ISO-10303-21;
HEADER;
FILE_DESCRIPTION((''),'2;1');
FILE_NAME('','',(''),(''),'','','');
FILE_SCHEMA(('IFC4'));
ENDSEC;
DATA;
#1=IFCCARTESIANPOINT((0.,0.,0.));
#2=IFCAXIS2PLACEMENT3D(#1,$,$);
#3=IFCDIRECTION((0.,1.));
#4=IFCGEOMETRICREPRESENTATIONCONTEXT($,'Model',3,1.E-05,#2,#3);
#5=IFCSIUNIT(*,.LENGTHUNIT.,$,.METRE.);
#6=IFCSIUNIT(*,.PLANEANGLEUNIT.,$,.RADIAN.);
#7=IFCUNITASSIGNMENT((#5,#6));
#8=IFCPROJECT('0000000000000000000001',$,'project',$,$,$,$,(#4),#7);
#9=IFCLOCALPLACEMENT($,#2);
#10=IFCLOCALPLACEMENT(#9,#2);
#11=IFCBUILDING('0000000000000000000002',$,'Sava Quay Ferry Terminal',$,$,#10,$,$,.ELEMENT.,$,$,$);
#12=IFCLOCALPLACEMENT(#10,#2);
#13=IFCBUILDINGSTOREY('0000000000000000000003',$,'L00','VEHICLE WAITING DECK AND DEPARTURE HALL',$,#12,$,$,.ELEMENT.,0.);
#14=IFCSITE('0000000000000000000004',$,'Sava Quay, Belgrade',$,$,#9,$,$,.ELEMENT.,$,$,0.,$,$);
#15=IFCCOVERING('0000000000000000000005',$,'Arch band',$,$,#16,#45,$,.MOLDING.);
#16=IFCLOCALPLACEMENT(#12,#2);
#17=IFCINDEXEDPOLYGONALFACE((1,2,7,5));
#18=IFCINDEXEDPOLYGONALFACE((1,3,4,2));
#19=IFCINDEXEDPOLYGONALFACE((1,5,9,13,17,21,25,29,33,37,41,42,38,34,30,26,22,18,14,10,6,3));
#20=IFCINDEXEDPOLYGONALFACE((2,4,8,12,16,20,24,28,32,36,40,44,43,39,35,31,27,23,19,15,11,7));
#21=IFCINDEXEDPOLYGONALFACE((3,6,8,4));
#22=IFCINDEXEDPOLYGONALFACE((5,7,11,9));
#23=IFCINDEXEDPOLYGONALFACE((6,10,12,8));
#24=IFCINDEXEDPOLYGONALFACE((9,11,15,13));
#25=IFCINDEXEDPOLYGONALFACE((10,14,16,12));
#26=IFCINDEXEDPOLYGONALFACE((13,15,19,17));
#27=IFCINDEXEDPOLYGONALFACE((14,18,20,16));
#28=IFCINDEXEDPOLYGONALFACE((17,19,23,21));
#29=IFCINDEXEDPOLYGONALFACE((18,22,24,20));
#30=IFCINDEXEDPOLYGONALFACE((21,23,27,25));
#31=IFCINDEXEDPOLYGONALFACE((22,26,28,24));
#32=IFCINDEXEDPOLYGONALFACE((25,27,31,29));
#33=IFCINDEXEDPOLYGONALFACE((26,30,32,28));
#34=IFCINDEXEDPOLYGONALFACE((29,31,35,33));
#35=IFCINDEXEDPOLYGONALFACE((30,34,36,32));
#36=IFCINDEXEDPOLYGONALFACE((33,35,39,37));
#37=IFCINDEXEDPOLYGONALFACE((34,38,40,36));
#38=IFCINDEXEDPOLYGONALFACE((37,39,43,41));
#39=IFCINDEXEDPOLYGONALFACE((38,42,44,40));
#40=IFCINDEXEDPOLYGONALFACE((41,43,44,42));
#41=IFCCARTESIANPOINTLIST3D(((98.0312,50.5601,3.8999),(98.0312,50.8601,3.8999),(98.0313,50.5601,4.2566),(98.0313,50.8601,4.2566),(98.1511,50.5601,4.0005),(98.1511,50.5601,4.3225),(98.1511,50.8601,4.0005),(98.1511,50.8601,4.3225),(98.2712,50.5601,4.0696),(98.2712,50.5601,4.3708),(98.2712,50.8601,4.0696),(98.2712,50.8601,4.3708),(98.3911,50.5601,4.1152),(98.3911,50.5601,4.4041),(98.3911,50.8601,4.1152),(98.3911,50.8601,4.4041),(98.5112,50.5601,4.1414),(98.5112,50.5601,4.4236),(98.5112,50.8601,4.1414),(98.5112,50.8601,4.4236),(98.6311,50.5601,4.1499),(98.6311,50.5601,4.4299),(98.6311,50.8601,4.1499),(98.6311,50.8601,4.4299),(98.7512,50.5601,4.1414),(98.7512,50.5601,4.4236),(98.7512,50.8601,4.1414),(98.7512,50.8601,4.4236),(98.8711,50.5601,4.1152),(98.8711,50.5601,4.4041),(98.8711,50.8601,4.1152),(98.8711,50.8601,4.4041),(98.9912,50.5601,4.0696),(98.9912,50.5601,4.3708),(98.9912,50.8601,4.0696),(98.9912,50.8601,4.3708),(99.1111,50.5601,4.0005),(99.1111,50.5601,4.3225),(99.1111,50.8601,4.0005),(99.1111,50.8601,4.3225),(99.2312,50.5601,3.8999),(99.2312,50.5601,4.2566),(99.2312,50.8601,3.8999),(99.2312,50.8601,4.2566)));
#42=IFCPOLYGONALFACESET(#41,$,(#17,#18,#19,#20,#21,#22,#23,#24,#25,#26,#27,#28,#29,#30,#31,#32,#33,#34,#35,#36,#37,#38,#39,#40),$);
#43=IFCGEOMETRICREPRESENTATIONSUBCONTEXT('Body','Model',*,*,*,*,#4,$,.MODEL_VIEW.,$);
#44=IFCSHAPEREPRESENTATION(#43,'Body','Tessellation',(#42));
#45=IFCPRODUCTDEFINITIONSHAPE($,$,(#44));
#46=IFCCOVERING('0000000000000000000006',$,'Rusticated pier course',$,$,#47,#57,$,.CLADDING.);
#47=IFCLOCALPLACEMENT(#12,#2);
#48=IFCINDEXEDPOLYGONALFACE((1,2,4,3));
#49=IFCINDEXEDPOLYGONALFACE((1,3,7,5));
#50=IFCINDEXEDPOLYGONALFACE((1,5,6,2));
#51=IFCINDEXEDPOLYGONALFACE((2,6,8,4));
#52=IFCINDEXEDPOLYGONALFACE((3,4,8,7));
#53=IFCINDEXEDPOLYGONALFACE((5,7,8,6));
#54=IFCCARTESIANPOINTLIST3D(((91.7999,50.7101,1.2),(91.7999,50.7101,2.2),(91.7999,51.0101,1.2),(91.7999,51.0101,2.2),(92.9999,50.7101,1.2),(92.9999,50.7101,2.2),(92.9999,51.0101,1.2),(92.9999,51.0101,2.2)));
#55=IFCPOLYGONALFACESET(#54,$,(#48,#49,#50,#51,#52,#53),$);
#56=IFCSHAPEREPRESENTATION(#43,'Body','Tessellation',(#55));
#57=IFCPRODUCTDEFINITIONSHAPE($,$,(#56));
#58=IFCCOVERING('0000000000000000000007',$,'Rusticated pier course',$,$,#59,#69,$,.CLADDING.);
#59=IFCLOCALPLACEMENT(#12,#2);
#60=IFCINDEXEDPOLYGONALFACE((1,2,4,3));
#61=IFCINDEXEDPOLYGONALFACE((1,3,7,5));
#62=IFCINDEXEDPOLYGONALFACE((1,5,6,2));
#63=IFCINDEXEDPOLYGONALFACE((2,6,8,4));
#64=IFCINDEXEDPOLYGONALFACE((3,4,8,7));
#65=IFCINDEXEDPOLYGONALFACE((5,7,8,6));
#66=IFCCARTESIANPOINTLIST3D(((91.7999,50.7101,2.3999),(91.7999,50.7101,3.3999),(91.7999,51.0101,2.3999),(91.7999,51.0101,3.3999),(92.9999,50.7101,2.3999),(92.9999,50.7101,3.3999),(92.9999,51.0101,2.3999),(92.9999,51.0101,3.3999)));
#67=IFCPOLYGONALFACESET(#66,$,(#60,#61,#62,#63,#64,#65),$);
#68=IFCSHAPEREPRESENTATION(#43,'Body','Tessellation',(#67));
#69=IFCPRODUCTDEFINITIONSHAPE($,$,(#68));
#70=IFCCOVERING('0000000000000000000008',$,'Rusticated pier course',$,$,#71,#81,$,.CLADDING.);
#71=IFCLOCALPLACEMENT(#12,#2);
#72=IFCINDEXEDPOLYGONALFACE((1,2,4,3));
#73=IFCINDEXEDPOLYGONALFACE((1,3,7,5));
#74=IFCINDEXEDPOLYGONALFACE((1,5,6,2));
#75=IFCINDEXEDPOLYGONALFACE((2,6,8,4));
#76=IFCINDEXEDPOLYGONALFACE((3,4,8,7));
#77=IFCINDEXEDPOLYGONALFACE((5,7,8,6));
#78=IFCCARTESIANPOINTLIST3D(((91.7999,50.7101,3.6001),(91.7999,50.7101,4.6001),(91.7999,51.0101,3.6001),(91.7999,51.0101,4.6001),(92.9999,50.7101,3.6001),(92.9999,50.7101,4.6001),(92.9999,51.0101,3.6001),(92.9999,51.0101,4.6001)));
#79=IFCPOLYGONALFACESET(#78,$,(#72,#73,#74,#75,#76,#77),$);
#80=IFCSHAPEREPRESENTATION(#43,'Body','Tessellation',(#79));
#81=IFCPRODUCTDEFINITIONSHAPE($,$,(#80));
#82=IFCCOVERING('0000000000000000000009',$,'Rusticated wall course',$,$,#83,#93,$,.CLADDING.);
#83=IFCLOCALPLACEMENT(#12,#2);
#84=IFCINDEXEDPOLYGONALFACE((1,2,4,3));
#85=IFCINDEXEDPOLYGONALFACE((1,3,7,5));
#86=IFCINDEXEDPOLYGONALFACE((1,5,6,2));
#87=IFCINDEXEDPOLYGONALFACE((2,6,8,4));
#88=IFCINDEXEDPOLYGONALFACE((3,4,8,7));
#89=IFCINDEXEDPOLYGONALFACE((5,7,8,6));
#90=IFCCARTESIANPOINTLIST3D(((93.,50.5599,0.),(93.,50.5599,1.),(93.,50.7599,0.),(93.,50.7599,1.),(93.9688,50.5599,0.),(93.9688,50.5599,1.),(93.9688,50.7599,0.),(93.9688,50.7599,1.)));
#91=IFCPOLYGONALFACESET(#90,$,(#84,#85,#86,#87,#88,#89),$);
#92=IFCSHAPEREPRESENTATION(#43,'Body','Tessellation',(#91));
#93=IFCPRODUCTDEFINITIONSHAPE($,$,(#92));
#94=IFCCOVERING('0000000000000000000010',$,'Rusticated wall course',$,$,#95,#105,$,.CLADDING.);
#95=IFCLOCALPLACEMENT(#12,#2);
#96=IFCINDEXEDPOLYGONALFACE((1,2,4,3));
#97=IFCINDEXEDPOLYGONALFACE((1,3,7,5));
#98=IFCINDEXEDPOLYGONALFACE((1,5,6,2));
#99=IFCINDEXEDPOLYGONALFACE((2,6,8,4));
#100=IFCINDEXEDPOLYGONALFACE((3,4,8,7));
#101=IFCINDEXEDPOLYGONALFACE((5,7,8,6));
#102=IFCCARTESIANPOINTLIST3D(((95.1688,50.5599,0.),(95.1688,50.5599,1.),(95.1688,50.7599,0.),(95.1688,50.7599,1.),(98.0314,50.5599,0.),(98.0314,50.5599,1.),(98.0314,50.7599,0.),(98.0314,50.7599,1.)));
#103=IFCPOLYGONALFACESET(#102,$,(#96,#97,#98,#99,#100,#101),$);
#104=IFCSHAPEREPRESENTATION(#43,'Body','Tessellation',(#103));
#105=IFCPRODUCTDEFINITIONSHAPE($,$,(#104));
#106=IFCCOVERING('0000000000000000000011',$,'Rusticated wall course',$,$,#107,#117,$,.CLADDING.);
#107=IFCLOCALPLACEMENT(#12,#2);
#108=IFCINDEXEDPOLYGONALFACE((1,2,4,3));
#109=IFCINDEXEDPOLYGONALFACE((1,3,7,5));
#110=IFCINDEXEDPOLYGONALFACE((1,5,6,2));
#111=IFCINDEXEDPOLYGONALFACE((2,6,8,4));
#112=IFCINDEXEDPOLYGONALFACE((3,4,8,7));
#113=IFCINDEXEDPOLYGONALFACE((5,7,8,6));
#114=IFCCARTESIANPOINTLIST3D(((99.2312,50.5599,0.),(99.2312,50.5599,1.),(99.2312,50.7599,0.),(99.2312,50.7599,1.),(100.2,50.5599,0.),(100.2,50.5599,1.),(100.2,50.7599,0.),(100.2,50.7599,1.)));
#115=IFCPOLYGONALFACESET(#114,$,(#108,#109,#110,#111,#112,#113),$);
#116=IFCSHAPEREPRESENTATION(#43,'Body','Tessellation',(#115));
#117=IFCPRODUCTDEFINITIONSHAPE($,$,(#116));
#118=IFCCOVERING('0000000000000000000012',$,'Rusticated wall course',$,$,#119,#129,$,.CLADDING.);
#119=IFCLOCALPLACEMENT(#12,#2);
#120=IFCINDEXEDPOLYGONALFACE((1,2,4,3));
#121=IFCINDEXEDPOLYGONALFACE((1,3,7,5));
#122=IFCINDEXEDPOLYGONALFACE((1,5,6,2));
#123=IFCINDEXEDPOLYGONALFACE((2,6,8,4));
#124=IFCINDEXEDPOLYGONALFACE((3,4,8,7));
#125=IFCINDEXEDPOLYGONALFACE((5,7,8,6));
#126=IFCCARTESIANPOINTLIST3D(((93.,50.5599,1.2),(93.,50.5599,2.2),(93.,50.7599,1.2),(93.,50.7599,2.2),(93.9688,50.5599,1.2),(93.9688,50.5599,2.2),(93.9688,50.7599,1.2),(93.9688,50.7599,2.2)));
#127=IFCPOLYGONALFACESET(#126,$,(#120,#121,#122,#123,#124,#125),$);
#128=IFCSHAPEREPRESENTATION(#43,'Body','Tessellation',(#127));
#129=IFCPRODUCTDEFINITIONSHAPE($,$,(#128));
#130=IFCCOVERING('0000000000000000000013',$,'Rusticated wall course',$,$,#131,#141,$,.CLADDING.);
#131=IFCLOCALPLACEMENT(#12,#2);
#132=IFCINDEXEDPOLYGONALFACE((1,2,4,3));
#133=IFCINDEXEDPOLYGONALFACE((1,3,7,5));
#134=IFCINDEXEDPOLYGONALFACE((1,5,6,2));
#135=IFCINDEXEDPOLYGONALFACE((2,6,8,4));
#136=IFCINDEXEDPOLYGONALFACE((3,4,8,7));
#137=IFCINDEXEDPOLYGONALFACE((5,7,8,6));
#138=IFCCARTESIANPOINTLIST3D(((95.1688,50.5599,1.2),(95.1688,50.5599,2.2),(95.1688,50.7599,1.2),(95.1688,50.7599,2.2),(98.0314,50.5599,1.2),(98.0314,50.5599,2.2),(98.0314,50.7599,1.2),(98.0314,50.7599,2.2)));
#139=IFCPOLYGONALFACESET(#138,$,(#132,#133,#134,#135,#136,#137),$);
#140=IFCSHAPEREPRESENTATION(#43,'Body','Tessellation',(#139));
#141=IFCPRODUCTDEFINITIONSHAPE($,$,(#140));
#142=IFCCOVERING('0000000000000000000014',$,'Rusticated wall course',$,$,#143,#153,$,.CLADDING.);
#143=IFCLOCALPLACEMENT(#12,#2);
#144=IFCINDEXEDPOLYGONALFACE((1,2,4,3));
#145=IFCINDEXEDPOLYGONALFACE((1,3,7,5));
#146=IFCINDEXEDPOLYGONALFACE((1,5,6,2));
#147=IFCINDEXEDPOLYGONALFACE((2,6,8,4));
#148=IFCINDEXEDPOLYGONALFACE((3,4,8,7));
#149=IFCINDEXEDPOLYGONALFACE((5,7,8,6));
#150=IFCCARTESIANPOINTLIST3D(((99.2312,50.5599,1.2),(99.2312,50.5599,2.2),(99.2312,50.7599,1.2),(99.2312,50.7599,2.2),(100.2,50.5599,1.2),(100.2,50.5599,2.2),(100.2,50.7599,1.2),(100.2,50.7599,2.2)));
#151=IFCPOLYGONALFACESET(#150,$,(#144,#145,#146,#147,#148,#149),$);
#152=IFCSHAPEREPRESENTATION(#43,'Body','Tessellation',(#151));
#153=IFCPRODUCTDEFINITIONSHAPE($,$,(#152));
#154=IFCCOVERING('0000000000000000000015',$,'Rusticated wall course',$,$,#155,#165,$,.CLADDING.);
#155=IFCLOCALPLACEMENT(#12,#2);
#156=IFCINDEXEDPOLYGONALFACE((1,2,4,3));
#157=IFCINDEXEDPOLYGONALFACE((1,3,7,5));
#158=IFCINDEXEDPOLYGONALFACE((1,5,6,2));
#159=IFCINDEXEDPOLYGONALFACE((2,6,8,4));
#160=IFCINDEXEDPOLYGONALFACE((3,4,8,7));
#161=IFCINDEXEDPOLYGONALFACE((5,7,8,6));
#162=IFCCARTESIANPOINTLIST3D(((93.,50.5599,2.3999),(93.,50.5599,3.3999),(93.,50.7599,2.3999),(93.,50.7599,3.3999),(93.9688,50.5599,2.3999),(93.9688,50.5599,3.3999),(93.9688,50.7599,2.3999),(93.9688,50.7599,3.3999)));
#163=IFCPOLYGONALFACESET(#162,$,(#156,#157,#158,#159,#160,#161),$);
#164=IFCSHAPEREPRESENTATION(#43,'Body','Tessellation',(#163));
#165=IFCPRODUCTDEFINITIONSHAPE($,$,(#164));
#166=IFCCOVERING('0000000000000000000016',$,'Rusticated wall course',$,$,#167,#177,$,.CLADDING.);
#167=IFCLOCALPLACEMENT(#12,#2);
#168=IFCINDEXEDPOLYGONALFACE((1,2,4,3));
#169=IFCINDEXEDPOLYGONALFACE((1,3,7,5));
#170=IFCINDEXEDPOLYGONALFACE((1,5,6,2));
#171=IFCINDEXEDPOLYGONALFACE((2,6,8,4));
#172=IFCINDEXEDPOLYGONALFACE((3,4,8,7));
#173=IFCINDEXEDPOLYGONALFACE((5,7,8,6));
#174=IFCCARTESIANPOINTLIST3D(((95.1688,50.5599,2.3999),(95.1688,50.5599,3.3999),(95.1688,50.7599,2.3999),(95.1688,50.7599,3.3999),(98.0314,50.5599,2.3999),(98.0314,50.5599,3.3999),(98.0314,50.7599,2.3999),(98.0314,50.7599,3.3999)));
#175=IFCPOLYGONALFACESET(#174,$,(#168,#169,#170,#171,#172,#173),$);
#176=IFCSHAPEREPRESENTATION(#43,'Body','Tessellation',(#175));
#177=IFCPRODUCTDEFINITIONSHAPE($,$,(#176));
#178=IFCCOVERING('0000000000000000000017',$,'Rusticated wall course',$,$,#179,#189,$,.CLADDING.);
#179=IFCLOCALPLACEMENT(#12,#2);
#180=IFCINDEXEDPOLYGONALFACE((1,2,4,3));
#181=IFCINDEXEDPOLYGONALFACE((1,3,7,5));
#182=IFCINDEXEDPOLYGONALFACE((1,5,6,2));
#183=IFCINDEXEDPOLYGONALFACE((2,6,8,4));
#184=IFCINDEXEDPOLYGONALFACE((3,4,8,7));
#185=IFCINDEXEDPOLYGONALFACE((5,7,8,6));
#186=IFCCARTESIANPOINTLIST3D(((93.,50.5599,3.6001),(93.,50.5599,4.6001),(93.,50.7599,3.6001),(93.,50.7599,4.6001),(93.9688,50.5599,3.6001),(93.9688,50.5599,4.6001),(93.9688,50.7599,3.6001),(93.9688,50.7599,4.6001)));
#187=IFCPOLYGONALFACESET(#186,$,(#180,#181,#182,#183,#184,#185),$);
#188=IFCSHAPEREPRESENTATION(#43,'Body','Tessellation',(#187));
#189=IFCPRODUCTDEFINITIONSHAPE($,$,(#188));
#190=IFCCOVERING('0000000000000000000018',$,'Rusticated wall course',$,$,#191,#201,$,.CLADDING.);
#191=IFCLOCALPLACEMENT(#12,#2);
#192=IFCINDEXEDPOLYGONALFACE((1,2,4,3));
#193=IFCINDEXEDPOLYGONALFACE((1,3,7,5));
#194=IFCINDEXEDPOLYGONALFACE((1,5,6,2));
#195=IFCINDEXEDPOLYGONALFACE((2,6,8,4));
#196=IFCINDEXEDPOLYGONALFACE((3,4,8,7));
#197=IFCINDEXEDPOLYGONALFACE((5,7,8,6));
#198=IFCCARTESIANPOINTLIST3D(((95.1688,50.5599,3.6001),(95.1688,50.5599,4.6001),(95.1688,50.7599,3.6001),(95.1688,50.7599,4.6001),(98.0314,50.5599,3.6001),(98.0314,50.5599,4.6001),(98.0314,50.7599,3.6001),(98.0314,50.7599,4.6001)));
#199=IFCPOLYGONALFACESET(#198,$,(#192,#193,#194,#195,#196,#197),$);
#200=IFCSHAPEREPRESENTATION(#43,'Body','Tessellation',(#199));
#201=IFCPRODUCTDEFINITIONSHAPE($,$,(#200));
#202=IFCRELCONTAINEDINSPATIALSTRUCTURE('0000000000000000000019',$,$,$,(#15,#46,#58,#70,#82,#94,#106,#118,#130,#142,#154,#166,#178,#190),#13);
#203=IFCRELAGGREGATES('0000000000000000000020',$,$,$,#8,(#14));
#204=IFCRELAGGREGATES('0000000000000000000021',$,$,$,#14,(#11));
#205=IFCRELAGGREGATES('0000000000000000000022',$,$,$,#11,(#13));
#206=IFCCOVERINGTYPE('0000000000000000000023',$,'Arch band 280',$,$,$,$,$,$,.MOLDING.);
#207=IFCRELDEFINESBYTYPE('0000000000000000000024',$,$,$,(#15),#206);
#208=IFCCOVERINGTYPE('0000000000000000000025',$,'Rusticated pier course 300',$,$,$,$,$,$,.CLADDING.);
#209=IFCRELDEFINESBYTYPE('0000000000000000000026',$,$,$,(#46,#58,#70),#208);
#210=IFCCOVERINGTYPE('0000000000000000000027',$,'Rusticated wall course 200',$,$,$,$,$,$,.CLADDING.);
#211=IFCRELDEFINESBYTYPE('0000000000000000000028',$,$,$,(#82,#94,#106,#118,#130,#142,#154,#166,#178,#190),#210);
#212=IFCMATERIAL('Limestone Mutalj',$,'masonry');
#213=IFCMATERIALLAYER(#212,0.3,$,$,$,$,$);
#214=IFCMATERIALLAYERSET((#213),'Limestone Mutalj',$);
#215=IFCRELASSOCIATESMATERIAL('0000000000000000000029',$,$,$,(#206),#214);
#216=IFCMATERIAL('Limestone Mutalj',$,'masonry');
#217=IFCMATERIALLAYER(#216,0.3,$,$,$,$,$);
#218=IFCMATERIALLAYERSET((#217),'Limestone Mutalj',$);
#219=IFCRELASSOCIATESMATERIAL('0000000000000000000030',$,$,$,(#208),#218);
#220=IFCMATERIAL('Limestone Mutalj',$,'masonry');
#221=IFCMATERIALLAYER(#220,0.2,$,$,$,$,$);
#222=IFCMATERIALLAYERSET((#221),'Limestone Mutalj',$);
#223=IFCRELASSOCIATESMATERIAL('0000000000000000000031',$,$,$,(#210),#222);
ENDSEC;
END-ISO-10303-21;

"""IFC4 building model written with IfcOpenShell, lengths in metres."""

from ifc_helpers import new_model, si_unit, direction, frame, origin, origin_2d, place, context, subcontext, project, spatial, polyline, rectangle, outline, extrude, material, layer, layer_set, type_object, element, save


model = new_model("IFC4")

# Units and contexts
model_context = context("Model", 3, precision=1e-05, world=origin(), true_north=direction((0.0, 1.0)))
body_context = subcontext(model_context, "Body", "Model", "MODEL_VIEW")
ifc_project = project(units=[si_unit("LENGTHUNIT", "METRE"), si_unit("PLANEANGLEUNIT", "RADIAN")], contexts=[model_context])

# Site, building, storey
site_placement = place(None, origin())
site = spatial("IfcSite", under=ifc_project, at=site_placement, Name="Sava Quay, Belgrade", CompositionType="ELEMENT", RefElevation=0.0)
building_placement = place(site_placement, origin())
building = spatial("IfcBuilding", under=site, at=building_placement, Name="Sava Quay Ferry Terminal", CompositionType="ELEMENT")
storey_placement = place(building_placement, origin())
storey = spatial("IfcBuildingStorey", under=building, at=storey_placement, Name="L00", Description="VEHICLE WAITING DECK AND DEPARTURE HALL", CompositionType="ELEMENT", Elevation=0.0)

# Coverings
ifc_material_1 = material(Name="Limestone Mutalj", Category="masonry")
ifc_layer_1 = layer(ifc_material_1, 0.3)
ifc_layer_set_1 = layer_set([ifc_layer_1], Name="Limestone Mutalj")
covering_type_1 = type_object("IfcCoveringType", Name="Arch band 280", PredefinedType="MOLDING", material=ifc_layer_set_1)
for number, where, z_axis, x_axis, name in (
    (1, (98.0312, 50.5601, 3.8999), (0.0, -1.0, 0.0), (0.766043, 0.0, 0.64279), "Arch band"),
):
    element("IfcCovering", number, at=place(storey_placement, frame(where, z_axis=z_axis, x_axis=x_axis)), inside=storey, type_object=covering_type_1, Name=name, PredefinedType="MOLDING", context=body_context, shape_type="SweptSolid", body=[
        extrude(outline(polyline([(0.0, 0.0), (0.1565, 0.0), (0.2929, -0.0243), (0.4141, -0.0664), (0.5229, -0.1236), (0.6202, -0.1941), (0.7067, -0.2778), (0.7818, -0.3749), (0.8444, -0.4871), (0.8919, -0.6171), (0.9192, -0.7713), (1.1485, -0.4981), (1.0988, -0.3704), (1.0381, -0.2563), (0.9674, -0.1536), (0.8881, -0.0616), (0.8002, 0.0204), (0.7043, 0.0926), (0.5997, 0.1549), (0.4866, 0.2065), (0.3635, 0.2467), (0.2293, 0.2732), (0.0, 0.0)])), origin(), (0.0, 0.0, -1.0), 0.3),
    ])
ifc_material_2 = material(Name="Limestone Mutalj", Category="masonry")
ifc_layer_2 = layer(ifc_material_2, 0.3)
ifc_layer_set_2 = layer_set([ifc_layer_2], Name="Limestone Mutalj")
covering_type_2 = type_object("IfcCoveringType", Name="Rusticated pier course 300", PredefinedType="CLADDING", material=ifc_layer_set_2)
for number, where, z_axis, x_axis, name in (
    (2, (92.3999, 50.8601, 1.2), (0.0, 0.0, 1.0), (1.0, 0.0, 0.0), "Rusticated pier course"),
    (3, (92.3999, 50.8601, 2.3999), (0.0, 0.0, 1.0), (1.0, 0.0, 0.0), "Rusticated pier course"),
    (4, (92.3999, 50.8601, 3.6001), (0.0, 0.0, 1.0), (1.0, 0.0, 0.0), "Rusticated pier course"),
):
    element("IfcCovering", number, at=place(storey_placement, frame(where, z_axis=z_axis, x_axis=x_axis)), inside=storey, type_object=covering_type_2, Name=name, PredefinedType="CLADDING", context=body_context, shape_type="SweptSolid", body=[
        extrude(rectangle(XDim=1.2, YDim=0.3, at=origin_2d()), origin(), (0.0, 0.0, 1.0), 1.0),
    ])
ifc_material_3 = material(Name="Limestone Mutalj", Category="masonry")
ifc_layer_3 = layer(ifc_material_3, 0.2)
ifc_layer_set_3 = layer_set([ifc_layer_3], Name="Limestone Mutalj")
covering_type_3 = type_object("IfcCoveringType", Name="Rusticated wall course 200", PredefinedType="CLADDING", material=ifc_layer_set_3)
covering_1_placement = place(storey_placement, frame((93.4844, 50.6599, 0.0), z_axis=(0.0, 0.0, 1.0), x_axis=(1.0, 0.0, 0.0)))
element("IfcCovering", 5, at=covering_1_placement, inside=storey, type_object=covering_type_3, Name="Rusticated wall course", PredefinedType="CLADDING", context=body_context, shape_type="SweptSolid", body=[
    extrude(rectangle(XDim=0.9688, YDim=0.2, at=origin_2d()), origin(), (0.0, 0.0, 1.0), 1.0),
])
covering_2_placement = place(storey_placement, frame((96.6001, 50.6599, 0.0), z_axis=(0.0, 0.0, 1.0), x_axis=(1.0, 0.0, 0.0)))
element("IfcCovering", 6, at=covering_2_placement, inside=storey, type_object=covering_type_3, Name="Rusticated wall course", PredefinedType="CLADDING", context=body_context, shape_type="SweptSolid", body=[
    extrude(rectangle(XDim=2.8625, YDim=0.2, at=origin_2d()), origin(), (0.0, 0.0, 1.0), 1.0),
])
for number, where, z_axis, x_axis, name in (
    (7, (99.7156, 50.6599, 0.0), (0.0, 0.0, 1.0), (1.0, 0.0, 0.0), "Rusticated wall course"),
    (8, (93.4844, 50.6599, 1.2), (0.0, 0.0, 1.0), (1.0, 0.0, 0.0), "Rusticated wall course"),
):
    element("IfcCovering", number, at=place(storey_placement, frame(where, z_axis=z_axis, x_axis=x_axis)), inside=storey, type_object=covering_type_3, Name=name, PredefinedType="CLADDING", context=body_context, shape_type="SweptSolid", body=[
        extrude(rectangle(XDim=0.9688, YDim=0.2, at=origin_2d()), origin(), (0.0, 0.0, 1.0), 1.0),
    ])
covering_3_placement = place(storey_placement, frame((96.6001, 50.6599, 1.2), z_axis=(0.0, 0.0, 1.0), x_axis=(1.0, 0.0, 0.0)))
element("IfcCovering", 9, at=covering_3_placement, inside=storey, type_object=covering_type_3, Name="Rusticated wall course", PredefinedType="CLADDING", context=body_context, shape_type="SweptSolid", body=[
    extrude(rectangle(XDim=2.8625, YDim=0.2, at=origin_2d()), origin(), (0.0, 0.0, 1.0), 1.0),
])
for number, where, z_axis, x_axis, name in (
    (10, (99.7156, 50.6599, 1.2), (0.0, 0.0, 1.0), (1.0, 0.0, 0.0), "Rusticated wall course"),
    (11, (93.4844, 50.6599, 2.3999), (0.0, 0.0, 1.0), (1.0, 0.0, 0.0), "Rusticated wall course"),
):
    element("IfcCovering", number, at=place(storey_placement, frame(where, z_axis=z_axis, x_axis=x_axis)), inside=storey, type_object=covering_type_3, Name=name, PredefinedType="CLADDING", context=body_context, shape_type="SweptSolid", body=[
        extrude(rectangle(XDim=0.9688, YDim=0.2, at=origin_2d()), origin(), (0.0, 0.0, 1.0), 1.0),
    ])
covering_4_placement = place(storey_placement, frame((96.6001, 50.6599, 2.3999), z_axis=(0.0, 0.0, 1.0), x_axis=(1.0, 0.0, 0.0)))
element("IfcCovering", 12, at=covering_4_placement, inside=storey, type_object=covering_type_3, Name="Rusticated wall course", PredefinedType="CLADDING", context=body_context, shape_type="SweptSolid", body=[
    extrude(rectangle(XDim=2.8625, YDim=0.2, at=origin_2d()), origin(), (0.0, 0.0, 1.0), 1.0),
])
covering_5_placement = place(storey_placement, frame((93.4844, 50.6599, 3.6001), z_axis=(0.0, 0.0, 1.0), x_axis=(1.0, 0.0, 0.0)))
element("IfcCovering", 13, at=covering_5_placement, inside=storey, type_object=covering_type_3, Name="Rusticated wall course", PredefinedType="CLADDING", context=body_context, shape_type="SweptSolid", body=[
    extrude(rectangle(XDim=0.9688, YDim=0.2, at=origin_2d()), origin(), (0.0, 0.0, 1.0), 1.0),
])
covering_6_placement = place(storey_placement, frame((96.6001, 50.6599, 3.6001), z_axis=(0.0, 0.0, 1.0), x_axis=(1.0, 0.0, 0.0)))
element("IfcCovering", 14, at=covering_6_placement, inside=storey, type_object=covering_type_3, Name="Rusticated wall course", PredefinedType="CLADDING", context=body_context, shape_type="SweptSolid", body=[
    extrude(rectangle(XDim=2.8625, YDim=0.2, at=origin_2d()), origin(), (0.0, 0.0, 1.0), 1.0),
])

save(model, "model.ifc")
